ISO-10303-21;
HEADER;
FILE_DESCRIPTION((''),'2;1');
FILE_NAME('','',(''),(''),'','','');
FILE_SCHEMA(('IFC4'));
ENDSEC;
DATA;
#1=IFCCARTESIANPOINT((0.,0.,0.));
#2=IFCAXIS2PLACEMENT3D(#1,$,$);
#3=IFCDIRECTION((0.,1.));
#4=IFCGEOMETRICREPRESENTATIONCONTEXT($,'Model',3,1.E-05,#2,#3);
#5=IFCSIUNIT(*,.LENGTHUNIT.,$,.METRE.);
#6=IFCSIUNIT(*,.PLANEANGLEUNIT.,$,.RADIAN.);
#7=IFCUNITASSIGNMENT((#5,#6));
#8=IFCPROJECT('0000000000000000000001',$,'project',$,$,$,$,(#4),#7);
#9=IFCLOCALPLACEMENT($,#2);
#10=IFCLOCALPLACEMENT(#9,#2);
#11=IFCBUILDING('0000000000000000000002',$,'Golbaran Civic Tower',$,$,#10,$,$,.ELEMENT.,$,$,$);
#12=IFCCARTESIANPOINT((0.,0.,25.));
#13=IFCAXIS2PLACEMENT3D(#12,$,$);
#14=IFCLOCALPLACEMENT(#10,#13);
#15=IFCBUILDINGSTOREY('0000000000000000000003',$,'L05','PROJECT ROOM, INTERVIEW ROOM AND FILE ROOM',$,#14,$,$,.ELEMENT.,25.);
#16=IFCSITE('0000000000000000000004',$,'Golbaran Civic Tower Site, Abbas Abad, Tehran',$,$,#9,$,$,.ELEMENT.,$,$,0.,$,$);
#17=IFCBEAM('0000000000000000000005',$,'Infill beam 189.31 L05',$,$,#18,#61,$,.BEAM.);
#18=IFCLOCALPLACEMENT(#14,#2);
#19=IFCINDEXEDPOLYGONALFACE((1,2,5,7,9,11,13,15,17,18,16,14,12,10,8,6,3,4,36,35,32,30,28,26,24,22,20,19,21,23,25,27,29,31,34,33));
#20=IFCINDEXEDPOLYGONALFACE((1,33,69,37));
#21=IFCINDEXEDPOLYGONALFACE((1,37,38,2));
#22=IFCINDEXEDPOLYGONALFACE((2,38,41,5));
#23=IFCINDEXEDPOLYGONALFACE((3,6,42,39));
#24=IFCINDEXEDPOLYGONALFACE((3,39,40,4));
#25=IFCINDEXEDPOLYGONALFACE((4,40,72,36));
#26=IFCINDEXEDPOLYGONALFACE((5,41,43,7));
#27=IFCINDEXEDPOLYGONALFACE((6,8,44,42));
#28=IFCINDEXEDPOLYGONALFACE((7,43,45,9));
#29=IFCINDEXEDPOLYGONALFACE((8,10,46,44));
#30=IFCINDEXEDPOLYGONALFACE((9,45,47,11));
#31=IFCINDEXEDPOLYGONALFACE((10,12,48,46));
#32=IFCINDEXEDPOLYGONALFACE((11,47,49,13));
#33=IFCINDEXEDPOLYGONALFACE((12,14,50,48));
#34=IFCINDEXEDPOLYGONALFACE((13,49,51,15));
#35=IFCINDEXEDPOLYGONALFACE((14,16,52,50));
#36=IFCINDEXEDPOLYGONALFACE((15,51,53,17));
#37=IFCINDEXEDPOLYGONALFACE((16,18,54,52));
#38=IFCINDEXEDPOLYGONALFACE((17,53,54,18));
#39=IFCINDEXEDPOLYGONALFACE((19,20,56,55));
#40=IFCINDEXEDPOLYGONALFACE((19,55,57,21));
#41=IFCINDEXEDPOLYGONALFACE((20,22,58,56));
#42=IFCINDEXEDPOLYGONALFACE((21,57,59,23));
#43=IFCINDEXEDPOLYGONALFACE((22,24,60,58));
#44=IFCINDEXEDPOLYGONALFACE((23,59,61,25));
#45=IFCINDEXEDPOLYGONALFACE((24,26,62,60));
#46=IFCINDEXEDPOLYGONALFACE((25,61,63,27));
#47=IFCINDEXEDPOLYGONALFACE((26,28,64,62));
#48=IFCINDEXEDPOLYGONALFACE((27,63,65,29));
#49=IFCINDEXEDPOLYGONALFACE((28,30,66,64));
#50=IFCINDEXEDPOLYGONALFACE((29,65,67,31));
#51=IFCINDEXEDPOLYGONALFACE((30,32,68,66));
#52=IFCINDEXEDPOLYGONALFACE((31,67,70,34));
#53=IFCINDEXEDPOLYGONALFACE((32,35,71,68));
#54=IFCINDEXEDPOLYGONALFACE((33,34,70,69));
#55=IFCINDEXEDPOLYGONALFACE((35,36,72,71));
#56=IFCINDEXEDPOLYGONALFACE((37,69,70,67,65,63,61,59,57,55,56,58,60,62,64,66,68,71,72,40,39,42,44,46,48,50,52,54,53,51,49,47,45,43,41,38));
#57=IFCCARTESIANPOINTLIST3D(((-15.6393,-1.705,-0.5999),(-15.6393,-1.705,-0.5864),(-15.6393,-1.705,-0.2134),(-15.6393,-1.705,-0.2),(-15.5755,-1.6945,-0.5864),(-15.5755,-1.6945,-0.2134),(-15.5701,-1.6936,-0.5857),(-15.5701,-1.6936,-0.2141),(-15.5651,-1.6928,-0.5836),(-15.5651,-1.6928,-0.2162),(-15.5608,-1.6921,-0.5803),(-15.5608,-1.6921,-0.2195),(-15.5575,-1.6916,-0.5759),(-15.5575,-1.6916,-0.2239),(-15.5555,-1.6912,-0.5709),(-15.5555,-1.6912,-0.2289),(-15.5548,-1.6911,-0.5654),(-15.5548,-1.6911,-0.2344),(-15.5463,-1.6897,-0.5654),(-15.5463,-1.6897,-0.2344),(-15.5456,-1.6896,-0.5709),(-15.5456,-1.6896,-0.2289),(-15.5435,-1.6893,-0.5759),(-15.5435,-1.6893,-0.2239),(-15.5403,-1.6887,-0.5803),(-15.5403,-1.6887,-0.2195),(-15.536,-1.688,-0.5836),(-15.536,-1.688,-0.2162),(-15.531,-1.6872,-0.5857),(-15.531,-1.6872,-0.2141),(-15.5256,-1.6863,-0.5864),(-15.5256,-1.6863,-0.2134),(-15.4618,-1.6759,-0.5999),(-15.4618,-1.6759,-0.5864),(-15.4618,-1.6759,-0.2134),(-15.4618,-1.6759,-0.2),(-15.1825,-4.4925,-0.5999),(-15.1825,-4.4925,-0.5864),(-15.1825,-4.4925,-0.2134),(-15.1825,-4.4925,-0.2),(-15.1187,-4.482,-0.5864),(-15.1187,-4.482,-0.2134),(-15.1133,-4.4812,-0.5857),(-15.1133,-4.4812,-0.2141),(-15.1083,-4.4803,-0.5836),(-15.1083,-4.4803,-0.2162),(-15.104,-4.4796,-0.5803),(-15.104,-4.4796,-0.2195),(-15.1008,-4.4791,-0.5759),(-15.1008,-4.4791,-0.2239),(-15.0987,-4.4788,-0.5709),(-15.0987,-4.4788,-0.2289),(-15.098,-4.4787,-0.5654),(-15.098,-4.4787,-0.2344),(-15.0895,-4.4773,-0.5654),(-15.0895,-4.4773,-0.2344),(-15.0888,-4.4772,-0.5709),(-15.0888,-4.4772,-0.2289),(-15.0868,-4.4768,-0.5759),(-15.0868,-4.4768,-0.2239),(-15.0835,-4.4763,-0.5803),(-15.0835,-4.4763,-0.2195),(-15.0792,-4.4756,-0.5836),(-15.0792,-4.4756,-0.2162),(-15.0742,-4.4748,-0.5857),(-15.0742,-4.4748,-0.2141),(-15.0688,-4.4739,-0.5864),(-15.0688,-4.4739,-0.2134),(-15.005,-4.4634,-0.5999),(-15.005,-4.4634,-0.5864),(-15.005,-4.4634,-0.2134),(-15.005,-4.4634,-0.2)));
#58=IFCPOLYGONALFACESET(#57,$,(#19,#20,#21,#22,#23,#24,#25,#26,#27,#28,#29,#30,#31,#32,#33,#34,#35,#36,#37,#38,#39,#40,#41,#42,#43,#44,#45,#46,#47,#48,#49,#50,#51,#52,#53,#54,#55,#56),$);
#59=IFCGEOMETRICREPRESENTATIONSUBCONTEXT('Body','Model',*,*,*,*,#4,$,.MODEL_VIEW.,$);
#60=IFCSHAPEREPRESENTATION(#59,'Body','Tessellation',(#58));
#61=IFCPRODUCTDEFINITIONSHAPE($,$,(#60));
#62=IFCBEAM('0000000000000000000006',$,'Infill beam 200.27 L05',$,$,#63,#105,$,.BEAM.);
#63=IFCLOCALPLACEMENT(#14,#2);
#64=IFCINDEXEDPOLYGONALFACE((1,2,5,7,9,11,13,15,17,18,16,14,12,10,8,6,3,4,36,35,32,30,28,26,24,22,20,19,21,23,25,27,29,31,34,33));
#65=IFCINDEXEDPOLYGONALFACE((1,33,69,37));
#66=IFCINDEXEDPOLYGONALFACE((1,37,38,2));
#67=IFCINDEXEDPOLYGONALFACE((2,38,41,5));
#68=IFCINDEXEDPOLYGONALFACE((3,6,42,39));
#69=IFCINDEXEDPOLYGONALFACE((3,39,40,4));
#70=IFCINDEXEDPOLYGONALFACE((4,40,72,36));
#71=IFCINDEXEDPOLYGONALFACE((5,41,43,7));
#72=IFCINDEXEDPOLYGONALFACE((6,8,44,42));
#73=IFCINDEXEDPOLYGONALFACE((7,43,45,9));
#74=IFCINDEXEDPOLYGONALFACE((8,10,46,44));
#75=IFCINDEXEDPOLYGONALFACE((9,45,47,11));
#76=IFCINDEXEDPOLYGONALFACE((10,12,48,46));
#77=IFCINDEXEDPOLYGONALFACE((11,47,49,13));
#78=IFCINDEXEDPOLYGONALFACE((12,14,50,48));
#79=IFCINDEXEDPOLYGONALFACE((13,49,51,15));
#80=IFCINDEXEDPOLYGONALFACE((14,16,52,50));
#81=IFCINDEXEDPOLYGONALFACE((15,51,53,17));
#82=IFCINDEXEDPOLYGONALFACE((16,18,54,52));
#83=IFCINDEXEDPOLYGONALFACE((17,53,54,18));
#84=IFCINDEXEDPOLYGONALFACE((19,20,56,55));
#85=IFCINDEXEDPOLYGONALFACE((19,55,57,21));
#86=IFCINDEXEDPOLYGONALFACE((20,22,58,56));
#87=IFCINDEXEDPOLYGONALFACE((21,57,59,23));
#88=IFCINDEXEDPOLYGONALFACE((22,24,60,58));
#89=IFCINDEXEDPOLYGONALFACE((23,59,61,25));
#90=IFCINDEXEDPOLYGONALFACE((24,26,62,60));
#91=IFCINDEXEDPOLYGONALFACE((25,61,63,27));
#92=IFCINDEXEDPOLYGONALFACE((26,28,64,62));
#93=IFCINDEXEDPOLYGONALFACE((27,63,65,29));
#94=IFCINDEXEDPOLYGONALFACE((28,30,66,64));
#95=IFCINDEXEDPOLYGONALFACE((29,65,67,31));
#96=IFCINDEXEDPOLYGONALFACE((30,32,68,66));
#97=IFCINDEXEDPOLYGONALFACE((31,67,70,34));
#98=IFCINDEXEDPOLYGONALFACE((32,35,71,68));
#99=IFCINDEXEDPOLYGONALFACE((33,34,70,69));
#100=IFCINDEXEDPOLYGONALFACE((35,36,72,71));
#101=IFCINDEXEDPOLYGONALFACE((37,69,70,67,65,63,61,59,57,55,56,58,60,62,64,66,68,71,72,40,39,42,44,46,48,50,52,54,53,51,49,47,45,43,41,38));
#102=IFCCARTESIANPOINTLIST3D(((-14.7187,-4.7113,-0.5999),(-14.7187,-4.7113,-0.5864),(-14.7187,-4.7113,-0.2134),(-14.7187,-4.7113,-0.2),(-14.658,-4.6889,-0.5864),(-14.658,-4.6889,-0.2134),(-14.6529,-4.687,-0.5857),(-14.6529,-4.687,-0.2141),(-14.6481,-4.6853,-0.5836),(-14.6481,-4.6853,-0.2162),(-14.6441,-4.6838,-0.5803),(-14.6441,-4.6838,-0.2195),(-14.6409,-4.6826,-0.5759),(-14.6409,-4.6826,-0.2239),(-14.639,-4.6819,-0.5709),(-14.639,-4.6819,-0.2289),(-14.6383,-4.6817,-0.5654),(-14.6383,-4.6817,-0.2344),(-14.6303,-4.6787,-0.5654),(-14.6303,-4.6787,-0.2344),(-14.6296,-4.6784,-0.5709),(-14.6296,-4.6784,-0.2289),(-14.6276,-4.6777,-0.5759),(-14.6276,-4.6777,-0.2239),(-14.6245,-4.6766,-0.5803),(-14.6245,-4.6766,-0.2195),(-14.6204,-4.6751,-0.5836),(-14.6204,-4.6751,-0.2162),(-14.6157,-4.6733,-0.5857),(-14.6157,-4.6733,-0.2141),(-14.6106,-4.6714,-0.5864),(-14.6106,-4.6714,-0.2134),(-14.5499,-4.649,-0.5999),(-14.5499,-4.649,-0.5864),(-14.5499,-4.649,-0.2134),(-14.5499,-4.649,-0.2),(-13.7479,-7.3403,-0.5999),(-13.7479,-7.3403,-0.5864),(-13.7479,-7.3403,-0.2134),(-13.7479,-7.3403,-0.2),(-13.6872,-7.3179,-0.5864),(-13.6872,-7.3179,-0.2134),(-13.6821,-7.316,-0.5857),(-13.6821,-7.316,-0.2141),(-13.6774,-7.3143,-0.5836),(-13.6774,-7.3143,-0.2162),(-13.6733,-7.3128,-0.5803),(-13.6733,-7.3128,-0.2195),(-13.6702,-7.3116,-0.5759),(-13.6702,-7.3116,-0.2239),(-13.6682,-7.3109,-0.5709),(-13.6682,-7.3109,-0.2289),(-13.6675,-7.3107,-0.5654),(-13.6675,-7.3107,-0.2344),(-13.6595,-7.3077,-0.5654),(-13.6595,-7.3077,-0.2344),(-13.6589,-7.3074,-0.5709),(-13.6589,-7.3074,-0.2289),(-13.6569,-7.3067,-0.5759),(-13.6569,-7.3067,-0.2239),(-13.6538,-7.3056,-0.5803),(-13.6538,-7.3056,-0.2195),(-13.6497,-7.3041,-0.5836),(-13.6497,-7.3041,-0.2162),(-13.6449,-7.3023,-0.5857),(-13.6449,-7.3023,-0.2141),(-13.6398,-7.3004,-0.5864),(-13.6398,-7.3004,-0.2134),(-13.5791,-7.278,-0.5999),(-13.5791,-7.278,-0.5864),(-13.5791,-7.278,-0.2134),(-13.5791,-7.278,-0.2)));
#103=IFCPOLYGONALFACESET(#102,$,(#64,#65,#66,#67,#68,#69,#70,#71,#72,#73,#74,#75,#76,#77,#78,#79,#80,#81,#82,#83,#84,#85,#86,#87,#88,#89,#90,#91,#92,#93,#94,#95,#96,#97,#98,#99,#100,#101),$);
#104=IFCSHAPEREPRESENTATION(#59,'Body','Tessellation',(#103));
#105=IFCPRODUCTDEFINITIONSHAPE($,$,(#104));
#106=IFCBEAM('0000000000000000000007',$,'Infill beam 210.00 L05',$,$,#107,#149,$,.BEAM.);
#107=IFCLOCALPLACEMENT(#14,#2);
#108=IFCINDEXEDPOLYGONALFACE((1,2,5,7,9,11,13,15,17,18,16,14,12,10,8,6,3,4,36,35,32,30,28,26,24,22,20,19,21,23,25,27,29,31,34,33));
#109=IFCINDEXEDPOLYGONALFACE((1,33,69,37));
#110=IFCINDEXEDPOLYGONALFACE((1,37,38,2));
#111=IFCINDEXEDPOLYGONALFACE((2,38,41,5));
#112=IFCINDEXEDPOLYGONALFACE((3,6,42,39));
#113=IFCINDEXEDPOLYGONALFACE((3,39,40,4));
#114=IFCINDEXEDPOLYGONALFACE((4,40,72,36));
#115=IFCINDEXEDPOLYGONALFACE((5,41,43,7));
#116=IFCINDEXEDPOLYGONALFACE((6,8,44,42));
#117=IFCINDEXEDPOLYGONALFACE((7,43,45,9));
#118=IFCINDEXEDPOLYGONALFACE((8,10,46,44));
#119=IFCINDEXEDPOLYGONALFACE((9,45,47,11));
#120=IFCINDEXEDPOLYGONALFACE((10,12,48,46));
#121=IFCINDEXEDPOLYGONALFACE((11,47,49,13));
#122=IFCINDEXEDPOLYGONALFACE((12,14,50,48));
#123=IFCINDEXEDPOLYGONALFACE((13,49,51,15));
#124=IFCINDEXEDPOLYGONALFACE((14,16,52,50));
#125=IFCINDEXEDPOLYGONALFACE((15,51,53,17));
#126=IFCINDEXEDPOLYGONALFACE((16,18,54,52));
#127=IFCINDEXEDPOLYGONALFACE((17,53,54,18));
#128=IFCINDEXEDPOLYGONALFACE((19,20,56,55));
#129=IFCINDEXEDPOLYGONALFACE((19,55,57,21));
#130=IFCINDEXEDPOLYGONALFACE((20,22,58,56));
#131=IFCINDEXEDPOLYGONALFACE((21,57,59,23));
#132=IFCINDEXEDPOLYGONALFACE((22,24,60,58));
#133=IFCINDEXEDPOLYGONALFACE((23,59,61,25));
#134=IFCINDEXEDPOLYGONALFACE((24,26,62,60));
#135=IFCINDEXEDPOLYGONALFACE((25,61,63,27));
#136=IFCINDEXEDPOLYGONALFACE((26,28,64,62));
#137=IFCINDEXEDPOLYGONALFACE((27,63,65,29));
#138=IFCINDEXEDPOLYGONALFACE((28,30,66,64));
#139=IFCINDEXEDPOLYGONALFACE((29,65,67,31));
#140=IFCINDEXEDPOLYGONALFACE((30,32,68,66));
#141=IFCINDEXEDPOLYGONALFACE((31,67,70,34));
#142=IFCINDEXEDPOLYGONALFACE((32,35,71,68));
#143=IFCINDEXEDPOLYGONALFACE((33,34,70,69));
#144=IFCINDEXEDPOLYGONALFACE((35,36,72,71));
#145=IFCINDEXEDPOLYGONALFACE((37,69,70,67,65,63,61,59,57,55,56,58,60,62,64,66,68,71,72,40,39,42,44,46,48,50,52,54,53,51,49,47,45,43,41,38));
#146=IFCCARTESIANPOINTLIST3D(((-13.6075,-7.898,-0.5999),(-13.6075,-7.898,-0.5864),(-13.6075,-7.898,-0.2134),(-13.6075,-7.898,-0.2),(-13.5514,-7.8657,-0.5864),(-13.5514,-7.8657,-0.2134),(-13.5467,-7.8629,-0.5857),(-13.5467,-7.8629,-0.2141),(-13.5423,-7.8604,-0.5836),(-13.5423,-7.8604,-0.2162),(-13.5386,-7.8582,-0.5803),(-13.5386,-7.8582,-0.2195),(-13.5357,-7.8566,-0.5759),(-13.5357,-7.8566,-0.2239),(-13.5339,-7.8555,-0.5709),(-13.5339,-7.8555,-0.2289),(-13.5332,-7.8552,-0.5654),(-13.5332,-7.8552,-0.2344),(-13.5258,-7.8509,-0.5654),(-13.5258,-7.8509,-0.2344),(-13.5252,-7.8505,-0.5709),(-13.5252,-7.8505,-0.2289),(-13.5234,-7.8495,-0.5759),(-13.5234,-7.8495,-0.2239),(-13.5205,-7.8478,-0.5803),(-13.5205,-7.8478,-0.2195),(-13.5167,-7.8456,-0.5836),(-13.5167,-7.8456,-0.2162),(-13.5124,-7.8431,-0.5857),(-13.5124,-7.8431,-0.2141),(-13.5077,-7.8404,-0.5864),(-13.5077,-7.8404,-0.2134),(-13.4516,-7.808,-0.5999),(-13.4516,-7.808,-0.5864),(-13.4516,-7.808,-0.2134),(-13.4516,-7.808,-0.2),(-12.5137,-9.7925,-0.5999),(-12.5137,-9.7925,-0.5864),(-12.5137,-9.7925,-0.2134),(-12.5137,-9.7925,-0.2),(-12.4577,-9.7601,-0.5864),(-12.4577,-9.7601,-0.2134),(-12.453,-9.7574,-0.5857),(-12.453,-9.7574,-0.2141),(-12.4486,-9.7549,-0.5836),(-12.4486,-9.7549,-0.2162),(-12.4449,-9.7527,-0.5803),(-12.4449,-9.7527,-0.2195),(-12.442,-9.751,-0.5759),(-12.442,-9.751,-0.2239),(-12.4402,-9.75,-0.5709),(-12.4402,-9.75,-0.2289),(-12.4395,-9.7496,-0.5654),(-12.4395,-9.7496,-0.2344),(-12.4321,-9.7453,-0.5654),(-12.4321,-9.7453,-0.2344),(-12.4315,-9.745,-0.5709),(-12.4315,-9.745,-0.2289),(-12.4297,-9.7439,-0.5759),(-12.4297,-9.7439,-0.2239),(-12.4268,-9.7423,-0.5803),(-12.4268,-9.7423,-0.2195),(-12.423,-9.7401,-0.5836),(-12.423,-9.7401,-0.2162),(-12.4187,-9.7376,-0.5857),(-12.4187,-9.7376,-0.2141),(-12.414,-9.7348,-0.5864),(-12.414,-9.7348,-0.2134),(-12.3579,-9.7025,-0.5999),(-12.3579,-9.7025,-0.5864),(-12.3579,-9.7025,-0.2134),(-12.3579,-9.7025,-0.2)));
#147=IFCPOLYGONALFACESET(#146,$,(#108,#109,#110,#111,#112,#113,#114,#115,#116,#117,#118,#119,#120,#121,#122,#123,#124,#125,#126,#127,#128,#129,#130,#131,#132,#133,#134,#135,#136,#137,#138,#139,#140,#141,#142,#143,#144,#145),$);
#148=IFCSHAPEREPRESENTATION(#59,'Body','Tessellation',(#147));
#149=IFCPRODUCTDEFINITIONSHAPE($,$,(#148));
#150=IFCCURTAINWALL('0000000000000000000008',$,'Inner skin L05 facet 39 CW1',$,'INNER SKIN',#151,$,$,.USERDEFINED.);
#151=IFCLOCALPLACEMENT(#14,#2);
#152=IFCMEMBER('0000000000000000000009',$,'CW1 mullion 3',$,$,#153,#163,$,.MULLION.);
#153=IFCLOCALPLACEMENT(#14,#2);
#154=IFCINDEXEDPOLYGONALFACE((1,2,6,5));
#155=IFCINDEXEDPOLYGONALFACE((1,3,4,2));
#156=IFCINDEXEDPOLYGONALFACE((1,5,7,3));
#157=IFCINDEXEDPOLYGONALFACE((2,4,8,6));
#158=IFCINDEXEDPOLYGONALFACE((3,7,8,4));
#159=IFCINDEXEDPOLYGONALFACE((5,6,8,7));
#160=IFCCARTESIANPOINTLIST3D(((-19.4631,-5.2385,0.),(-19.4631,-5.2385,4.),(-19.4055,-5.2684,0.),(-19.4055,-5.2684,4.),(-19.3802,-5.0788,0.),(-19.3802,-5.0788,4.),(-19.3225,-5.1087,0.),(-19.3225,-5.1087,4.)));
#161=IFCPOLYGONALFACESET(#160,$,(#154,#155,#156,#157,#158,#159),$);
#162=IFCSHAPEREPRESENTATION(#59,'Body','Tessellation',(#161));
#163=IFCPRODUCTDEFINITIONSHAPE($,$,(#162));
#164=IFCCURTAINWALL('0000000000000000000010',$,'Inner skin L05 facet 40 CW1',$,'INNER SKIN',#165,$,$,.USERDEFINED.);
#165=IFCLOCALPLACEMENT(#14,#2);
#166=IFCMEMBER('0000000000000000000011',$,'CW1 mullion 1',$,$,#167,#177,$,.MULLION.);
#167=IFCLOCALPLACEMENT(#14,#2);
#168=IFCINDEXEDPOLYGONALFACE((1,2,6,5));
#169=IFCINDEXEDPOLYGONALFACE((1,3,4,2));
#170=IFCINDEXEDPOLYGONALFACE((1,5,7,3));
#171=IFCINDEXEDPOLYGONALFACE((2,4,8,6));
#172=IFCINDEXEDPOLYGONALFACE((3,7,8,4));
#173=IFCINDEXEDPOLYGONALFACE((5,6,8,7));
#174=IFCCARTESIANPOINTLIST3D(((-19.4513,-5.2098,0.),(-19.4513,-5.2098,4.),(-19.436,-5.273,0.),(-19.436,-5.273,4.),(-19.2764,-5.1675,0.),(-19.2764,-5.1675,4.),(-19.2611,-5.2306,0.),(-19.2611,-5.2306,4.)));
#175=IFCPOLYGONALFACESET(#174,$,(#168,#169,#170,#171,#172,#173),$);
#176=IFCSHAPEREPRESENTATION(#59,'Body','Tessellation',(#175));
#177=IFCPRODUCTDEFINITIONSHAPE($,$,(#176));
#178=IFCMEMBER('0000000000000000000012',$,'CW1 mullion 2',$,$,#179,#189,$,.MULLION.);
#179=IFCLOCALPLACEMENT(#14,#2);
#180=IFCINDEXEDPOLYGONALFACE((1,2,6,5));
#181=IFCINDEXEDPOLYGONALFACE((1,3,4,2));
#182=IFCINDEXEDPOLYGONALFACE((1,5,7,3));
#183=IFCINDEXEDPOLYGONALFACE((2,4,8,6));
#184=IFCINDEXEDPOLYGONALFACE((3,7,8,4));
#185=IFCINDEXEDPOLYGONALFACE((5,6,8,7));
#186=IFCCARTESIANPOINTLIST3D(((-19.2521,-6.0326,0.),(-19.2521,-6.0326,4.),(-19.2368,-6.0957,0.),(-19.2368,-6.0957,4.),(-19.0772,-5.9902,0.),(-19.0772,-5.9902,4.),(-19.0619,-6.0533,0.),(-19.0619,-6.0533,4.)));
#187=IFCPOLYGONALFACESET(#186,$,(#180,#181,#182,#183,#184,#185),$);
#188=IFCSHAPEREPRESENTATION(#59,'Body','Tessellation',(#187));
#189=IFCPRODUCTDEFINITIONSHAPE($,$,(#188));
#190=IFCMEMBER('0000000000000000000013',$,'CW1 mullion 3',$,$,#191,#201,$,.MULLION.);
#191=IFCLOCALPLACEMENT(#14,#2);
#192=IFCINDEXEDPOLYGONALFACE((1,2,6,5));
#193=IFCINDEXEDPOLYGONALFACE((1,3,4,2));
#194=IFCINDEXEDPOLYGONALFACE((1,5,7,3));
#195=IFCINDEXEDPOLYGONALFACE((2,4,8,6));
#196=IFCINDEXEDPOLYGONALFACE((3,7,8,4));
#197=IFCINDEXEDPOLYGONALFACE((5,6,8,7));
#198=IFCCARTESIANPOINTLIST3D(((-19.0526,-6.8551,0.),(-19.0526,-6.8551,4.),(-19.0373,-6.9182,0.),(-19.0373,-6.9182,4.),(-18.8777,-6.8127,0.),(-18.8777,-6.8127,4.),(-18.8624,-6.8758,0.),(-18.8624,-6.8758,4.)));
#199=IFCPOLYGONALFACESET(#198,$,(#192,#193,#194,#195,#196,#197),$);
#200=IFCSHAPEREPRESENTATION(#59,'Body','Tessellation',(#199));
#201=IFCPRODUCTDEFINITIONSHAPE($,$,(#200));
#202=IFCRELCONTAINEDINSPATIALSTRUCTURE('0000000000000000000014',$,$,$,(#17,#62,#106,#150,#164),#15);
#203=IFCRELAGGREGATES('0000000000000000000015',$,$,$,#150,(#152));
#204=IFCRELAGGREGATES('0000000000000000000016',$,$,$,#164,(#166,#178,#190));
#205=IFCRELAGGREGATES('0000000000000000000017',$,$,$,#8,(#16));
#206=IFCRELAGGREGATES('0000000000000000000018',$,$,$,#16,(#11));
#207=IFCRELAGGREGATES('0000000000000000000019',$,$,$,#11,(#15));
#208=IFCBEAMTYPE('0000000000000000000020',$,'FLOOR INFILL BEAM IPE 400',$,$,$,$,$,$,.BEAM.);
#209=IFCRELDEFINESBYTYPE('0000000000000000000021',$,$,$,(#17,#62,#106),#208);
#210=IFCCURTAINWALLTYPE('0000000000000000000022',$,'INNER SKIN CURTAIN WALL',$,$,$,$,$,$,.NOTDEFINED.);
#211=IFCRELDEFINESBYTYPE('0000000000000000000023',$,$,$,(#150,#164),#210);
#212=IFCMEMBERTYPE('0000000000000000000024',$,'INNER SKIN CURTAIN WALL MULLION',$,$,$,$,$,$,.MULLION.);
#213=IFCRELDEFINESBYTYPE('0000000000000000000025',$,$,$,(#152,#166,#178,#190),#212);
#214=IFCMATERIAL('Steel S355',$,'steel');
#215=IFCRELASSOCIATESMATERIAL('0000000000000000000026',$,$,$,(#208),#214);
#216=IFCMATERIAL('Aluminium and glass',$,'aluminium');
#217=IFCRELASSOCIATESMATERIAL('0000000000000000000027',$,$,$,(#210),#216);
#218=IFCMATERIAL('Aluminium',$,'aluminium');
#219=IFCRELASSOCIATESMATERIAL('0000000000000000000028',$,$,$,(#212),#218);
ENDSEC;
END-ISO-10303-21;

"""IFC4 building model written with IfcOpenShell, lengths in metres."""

from ifc_helpers import new_model, si_unit, direction, frame, origin, origin_2d, place, context, subcontext, project, spatial, rectangle, i_section, extrude, material, material_profile, profile_set, type_object, element, aggregate, save


model = new_model("IFC4")

# Units and contexts
model_context = context("Model", 3, precision=1e-05, world=origin(), true_north=direction((0.0, 1.0)))
body_context = subcontext(model_context, "Body", "Model", "MODEL_VIEW")
ifc_project = project(units=[si_unit("LENGTHUNIT", "METRE"), si_unit("PLANEANGLEUNIT", "RADIAN")], contexts=[model_context])

# Site, building, storey
site_placement = place(None, origin())
site = spatial("IfcSite", under=ifc_project, at=site_placement, Name="Golbaran Civic Tower Site, Abbas Abad, Tehran", CompositionType="ELEMENT", RefElevation=0.0)
building_placement = place(site_placement, origin())
building = spatial("IfcBuilding", under=site, at=building_placement, Name="Golbaran Civic Tower", CompositionType="ELEMENT")
storey_placement = place(building_placement, frame((0.0, 0.0, 25.0)))
storey = spatial("IfcBuildingStorey", under=building, at=storey_placement, Name="L05", Description="PROJECT ROOM, INTERVIEW ROOM AND FILE ROOM", CompositionType="ELEMENT", Elevation=25.0)

# Beams
ifc_material_1 = material(Name="Steel S355", Category="steel")
ifc_material_profile_1 = material_profile(ifc_material_1, i_section(OverallWidth=0.1799, OverallDepth=0.3999, WebThickness=0.0085, FlangeThickness=0.0134, FilletRadius=0.021, at=origin_2d()), Name="IPE 400")
ifc_profile_set_1 = profile_set([ifc_material_profile_1], Name="Steel S355")
beam_type = type_object("IfcBeamType", Name="FLOOR INFILL BEAM IPE 400", PredefinedType="BEAM", material=ifc_profile_set_1)
beam_1_placement = place(storey_placement, frame((-15.5505, -1.6904, -0.3999), z_axis=(0.161707, -0.986839, 0.0), x_axis=(0.986839, 0.161707, 0.0)))
element("IfcBeam", 1, at=beam_1_placement, inside=storey, type_object=beam_type, Name="Infill beam 189.31 L05", PredefinedType="BEAM", context=body_context, shape_type="SweptSolid", body=[
    extrude(i_section(OverallWidth=0.1799, OverallDepth=0.3999, WebThickness=0.0085, FlangeThickness=0.0134, FilletRadius=0.021, at=origin_2d()), origin(), (0.0, 0.0, 1.0), 2.8247),
])
beam_2_placement = place(storey_placement, frame((-14.6343, -4.6802, -0.3999), z_axis=(0.346384, -0.938093, 0.0), x_axis=(0.938093, 0.346384, 0.0)))
element("IfcBeam", 2, at=beam_2_placement, inside=storey, type_object=beam_type, Name="Infill beam 200.27 L05", PredefinedType="BEAM", context=body_context, shape_type="SweptSolid", body=[
    extrude(i_section(OverallWidth=0.1799, OverallDepth=0.3999, WebThickness=0.0085, FlangeThickness=0.0134, FilletRadius=0.021, at=origin_2d()), origin(), (0.0, 0.0, 1.0), 2.8025),
])
beam_3_placement = place(storey_placement, frame((-13.5295, -7.853, -0.3999), z_axis=(0.49998, -0.866037, 0.0), x_axis=(0.866037, 0.49998, 0.0)))
element("IfcBeam", 3, at=beam_3_placement, inside=storey, type_object=beam_type, Name="Infill beam 210.00 L05", PredefinedType="BEAM", context=body_context, shape_type="SweptSolid", body=[
    extrude(i_section(OverallWidth=0.1799, OverallDepth=0.3999, WebThickness=0.0085, FlangeThickness=0.0134, FilletRadius=0.021, at=origin_2d()), origin(), (0.0, 0.0, 1.0), 2.1875),
])

# Curtain wall, member
ifc_material_2 = material(Name="Aluminium and glass", Category="aluminium")
curtain_wall_type = type_object("IfcCurtainWallType", Name="INNER SKIN CURTAIN WALL", PredefinedType="NOTDEFINED", material=ifc_material_2)
curtain_wall_1_placement = place(storey_placement, origin())
curtain_wall_1 = element("IfcCurtainWall", 4, at=curtain_wall_1_placement, inside=storey, type_object=curtain_wall_type, Name="Inner skin L05 facet 39 CW1", ObjectType="INNER SKIN", PredefinedType="USERDEFINED")
ifc_material_3 = material(Name="Aluminium", Category="aluminium")
ifc_material_profile_2 = material_profile(ifc_material_3, rectangle(XDim=0.1799, YDim=0.0649, at=origin_2d()), Name="INNER SKIN CURTAIN WALL MULLION")
ifc_profile_set_2 = profile_set([ifc_material_profile_2], Name="Aluminium")
member_type_1 = type_object("IfcMemberType", Name="INNER SKIN CURTAIN WALL MULLION", PredefinedType="MULLION", material=ifc_profile_set_2)
member_1_placement = place(storey_placement, frame((-19.3928, -5.1736, 0.0), z_axis=(0.0, 0.0, 1.0), x_axis=(0.460945, 0.887429, 0.0)))
member_1 = element("IfcMember", 5, at=member_1_placement, type_object=member_type_1, Name="CW1 mullion 3", PredefinedType="MULLION", context=body_context, shape_type="SweptSolid", body=[
    extrude(rectangle(XDim=0.1799, YDim=0.0649, at=origin_2d()), origin(), (0.0, 0.0, 1.0), 4.0),
])

# Curtain wall, members
curtain_wall_2_placement = place(storey_placement, origin())
curtain_wall_2 = element("IfcCurtainWall", 6, at=curtain_wall_2_placement, inside=storey, type_object=curtain_wall_type, Name="Inner skin L05 facet 40 CW1", ObjectType="INNER SKIN", PredefinedType="USERDEFINED")
member_2_placement = place(storey_placement, frame((-19.3562, -5.2202, 0.0), z_axis=(0.0, 0.0, 1.0), x_axis=(0.971868, 0.235525, 0.0)))
member_2 = element("IfcMember", 7, at=member_2_placement, type_object=member_type_1, Name="CW1 mullion 1", PredefinedType="MULLION", context=body_context, shape_type="SweptSolid", body=[
    extrude(rectangle(XDim=0.1799, YDim=0.0649, at=origin_2d()), origin(), (0.0, 0.0, 1.0), 4.0),
])
member_3_placement = place(storey_placement, frame((-19.157, -6.043, 0.0), z_axis=(0.0, 0.0, 1.0), x_axis=(0.971868, 0.235525, 0.0)))
member_3 = element("IfcMember", 8, at=member_3_placement, type_object=member_type_1, Name="CW1 mullion 2", PredefinedType="MULLION", context=body_context, shape_type="SweptSolid", body=[
    extrude(rectangle(XDim=0.1799, YDim=0.0649, at=origin_2d()), origin(), (0.0, 0.0, 1.0), 4.0),
])
member_4_placement = place(storey_placement, frame((-18.9575, -6.8655, 0.0), z_axis=(0.0, 0.0, 1.0), x_axis=(0.971868, 0.235525, 0.0)))
member_4 = element("IfcMember", 9, at=member_4_placement, type_object=member_type_1, Name="CW1 mullion 3", PredefinedType="MULLION", context=body_context, shape_type="SweptSolid", body=[
    extrude(rectangle(XDim=0.1799, YDim=0.0649, at=origin_2d()), origin(), (0.0, 0.0, 1.0), 4.0),
])

aggregate(curtain_wall_1, [member_1])
aggregate(curtain_wall_2, [member_2, member_3, member_4])

save(model, "model.ifc")
